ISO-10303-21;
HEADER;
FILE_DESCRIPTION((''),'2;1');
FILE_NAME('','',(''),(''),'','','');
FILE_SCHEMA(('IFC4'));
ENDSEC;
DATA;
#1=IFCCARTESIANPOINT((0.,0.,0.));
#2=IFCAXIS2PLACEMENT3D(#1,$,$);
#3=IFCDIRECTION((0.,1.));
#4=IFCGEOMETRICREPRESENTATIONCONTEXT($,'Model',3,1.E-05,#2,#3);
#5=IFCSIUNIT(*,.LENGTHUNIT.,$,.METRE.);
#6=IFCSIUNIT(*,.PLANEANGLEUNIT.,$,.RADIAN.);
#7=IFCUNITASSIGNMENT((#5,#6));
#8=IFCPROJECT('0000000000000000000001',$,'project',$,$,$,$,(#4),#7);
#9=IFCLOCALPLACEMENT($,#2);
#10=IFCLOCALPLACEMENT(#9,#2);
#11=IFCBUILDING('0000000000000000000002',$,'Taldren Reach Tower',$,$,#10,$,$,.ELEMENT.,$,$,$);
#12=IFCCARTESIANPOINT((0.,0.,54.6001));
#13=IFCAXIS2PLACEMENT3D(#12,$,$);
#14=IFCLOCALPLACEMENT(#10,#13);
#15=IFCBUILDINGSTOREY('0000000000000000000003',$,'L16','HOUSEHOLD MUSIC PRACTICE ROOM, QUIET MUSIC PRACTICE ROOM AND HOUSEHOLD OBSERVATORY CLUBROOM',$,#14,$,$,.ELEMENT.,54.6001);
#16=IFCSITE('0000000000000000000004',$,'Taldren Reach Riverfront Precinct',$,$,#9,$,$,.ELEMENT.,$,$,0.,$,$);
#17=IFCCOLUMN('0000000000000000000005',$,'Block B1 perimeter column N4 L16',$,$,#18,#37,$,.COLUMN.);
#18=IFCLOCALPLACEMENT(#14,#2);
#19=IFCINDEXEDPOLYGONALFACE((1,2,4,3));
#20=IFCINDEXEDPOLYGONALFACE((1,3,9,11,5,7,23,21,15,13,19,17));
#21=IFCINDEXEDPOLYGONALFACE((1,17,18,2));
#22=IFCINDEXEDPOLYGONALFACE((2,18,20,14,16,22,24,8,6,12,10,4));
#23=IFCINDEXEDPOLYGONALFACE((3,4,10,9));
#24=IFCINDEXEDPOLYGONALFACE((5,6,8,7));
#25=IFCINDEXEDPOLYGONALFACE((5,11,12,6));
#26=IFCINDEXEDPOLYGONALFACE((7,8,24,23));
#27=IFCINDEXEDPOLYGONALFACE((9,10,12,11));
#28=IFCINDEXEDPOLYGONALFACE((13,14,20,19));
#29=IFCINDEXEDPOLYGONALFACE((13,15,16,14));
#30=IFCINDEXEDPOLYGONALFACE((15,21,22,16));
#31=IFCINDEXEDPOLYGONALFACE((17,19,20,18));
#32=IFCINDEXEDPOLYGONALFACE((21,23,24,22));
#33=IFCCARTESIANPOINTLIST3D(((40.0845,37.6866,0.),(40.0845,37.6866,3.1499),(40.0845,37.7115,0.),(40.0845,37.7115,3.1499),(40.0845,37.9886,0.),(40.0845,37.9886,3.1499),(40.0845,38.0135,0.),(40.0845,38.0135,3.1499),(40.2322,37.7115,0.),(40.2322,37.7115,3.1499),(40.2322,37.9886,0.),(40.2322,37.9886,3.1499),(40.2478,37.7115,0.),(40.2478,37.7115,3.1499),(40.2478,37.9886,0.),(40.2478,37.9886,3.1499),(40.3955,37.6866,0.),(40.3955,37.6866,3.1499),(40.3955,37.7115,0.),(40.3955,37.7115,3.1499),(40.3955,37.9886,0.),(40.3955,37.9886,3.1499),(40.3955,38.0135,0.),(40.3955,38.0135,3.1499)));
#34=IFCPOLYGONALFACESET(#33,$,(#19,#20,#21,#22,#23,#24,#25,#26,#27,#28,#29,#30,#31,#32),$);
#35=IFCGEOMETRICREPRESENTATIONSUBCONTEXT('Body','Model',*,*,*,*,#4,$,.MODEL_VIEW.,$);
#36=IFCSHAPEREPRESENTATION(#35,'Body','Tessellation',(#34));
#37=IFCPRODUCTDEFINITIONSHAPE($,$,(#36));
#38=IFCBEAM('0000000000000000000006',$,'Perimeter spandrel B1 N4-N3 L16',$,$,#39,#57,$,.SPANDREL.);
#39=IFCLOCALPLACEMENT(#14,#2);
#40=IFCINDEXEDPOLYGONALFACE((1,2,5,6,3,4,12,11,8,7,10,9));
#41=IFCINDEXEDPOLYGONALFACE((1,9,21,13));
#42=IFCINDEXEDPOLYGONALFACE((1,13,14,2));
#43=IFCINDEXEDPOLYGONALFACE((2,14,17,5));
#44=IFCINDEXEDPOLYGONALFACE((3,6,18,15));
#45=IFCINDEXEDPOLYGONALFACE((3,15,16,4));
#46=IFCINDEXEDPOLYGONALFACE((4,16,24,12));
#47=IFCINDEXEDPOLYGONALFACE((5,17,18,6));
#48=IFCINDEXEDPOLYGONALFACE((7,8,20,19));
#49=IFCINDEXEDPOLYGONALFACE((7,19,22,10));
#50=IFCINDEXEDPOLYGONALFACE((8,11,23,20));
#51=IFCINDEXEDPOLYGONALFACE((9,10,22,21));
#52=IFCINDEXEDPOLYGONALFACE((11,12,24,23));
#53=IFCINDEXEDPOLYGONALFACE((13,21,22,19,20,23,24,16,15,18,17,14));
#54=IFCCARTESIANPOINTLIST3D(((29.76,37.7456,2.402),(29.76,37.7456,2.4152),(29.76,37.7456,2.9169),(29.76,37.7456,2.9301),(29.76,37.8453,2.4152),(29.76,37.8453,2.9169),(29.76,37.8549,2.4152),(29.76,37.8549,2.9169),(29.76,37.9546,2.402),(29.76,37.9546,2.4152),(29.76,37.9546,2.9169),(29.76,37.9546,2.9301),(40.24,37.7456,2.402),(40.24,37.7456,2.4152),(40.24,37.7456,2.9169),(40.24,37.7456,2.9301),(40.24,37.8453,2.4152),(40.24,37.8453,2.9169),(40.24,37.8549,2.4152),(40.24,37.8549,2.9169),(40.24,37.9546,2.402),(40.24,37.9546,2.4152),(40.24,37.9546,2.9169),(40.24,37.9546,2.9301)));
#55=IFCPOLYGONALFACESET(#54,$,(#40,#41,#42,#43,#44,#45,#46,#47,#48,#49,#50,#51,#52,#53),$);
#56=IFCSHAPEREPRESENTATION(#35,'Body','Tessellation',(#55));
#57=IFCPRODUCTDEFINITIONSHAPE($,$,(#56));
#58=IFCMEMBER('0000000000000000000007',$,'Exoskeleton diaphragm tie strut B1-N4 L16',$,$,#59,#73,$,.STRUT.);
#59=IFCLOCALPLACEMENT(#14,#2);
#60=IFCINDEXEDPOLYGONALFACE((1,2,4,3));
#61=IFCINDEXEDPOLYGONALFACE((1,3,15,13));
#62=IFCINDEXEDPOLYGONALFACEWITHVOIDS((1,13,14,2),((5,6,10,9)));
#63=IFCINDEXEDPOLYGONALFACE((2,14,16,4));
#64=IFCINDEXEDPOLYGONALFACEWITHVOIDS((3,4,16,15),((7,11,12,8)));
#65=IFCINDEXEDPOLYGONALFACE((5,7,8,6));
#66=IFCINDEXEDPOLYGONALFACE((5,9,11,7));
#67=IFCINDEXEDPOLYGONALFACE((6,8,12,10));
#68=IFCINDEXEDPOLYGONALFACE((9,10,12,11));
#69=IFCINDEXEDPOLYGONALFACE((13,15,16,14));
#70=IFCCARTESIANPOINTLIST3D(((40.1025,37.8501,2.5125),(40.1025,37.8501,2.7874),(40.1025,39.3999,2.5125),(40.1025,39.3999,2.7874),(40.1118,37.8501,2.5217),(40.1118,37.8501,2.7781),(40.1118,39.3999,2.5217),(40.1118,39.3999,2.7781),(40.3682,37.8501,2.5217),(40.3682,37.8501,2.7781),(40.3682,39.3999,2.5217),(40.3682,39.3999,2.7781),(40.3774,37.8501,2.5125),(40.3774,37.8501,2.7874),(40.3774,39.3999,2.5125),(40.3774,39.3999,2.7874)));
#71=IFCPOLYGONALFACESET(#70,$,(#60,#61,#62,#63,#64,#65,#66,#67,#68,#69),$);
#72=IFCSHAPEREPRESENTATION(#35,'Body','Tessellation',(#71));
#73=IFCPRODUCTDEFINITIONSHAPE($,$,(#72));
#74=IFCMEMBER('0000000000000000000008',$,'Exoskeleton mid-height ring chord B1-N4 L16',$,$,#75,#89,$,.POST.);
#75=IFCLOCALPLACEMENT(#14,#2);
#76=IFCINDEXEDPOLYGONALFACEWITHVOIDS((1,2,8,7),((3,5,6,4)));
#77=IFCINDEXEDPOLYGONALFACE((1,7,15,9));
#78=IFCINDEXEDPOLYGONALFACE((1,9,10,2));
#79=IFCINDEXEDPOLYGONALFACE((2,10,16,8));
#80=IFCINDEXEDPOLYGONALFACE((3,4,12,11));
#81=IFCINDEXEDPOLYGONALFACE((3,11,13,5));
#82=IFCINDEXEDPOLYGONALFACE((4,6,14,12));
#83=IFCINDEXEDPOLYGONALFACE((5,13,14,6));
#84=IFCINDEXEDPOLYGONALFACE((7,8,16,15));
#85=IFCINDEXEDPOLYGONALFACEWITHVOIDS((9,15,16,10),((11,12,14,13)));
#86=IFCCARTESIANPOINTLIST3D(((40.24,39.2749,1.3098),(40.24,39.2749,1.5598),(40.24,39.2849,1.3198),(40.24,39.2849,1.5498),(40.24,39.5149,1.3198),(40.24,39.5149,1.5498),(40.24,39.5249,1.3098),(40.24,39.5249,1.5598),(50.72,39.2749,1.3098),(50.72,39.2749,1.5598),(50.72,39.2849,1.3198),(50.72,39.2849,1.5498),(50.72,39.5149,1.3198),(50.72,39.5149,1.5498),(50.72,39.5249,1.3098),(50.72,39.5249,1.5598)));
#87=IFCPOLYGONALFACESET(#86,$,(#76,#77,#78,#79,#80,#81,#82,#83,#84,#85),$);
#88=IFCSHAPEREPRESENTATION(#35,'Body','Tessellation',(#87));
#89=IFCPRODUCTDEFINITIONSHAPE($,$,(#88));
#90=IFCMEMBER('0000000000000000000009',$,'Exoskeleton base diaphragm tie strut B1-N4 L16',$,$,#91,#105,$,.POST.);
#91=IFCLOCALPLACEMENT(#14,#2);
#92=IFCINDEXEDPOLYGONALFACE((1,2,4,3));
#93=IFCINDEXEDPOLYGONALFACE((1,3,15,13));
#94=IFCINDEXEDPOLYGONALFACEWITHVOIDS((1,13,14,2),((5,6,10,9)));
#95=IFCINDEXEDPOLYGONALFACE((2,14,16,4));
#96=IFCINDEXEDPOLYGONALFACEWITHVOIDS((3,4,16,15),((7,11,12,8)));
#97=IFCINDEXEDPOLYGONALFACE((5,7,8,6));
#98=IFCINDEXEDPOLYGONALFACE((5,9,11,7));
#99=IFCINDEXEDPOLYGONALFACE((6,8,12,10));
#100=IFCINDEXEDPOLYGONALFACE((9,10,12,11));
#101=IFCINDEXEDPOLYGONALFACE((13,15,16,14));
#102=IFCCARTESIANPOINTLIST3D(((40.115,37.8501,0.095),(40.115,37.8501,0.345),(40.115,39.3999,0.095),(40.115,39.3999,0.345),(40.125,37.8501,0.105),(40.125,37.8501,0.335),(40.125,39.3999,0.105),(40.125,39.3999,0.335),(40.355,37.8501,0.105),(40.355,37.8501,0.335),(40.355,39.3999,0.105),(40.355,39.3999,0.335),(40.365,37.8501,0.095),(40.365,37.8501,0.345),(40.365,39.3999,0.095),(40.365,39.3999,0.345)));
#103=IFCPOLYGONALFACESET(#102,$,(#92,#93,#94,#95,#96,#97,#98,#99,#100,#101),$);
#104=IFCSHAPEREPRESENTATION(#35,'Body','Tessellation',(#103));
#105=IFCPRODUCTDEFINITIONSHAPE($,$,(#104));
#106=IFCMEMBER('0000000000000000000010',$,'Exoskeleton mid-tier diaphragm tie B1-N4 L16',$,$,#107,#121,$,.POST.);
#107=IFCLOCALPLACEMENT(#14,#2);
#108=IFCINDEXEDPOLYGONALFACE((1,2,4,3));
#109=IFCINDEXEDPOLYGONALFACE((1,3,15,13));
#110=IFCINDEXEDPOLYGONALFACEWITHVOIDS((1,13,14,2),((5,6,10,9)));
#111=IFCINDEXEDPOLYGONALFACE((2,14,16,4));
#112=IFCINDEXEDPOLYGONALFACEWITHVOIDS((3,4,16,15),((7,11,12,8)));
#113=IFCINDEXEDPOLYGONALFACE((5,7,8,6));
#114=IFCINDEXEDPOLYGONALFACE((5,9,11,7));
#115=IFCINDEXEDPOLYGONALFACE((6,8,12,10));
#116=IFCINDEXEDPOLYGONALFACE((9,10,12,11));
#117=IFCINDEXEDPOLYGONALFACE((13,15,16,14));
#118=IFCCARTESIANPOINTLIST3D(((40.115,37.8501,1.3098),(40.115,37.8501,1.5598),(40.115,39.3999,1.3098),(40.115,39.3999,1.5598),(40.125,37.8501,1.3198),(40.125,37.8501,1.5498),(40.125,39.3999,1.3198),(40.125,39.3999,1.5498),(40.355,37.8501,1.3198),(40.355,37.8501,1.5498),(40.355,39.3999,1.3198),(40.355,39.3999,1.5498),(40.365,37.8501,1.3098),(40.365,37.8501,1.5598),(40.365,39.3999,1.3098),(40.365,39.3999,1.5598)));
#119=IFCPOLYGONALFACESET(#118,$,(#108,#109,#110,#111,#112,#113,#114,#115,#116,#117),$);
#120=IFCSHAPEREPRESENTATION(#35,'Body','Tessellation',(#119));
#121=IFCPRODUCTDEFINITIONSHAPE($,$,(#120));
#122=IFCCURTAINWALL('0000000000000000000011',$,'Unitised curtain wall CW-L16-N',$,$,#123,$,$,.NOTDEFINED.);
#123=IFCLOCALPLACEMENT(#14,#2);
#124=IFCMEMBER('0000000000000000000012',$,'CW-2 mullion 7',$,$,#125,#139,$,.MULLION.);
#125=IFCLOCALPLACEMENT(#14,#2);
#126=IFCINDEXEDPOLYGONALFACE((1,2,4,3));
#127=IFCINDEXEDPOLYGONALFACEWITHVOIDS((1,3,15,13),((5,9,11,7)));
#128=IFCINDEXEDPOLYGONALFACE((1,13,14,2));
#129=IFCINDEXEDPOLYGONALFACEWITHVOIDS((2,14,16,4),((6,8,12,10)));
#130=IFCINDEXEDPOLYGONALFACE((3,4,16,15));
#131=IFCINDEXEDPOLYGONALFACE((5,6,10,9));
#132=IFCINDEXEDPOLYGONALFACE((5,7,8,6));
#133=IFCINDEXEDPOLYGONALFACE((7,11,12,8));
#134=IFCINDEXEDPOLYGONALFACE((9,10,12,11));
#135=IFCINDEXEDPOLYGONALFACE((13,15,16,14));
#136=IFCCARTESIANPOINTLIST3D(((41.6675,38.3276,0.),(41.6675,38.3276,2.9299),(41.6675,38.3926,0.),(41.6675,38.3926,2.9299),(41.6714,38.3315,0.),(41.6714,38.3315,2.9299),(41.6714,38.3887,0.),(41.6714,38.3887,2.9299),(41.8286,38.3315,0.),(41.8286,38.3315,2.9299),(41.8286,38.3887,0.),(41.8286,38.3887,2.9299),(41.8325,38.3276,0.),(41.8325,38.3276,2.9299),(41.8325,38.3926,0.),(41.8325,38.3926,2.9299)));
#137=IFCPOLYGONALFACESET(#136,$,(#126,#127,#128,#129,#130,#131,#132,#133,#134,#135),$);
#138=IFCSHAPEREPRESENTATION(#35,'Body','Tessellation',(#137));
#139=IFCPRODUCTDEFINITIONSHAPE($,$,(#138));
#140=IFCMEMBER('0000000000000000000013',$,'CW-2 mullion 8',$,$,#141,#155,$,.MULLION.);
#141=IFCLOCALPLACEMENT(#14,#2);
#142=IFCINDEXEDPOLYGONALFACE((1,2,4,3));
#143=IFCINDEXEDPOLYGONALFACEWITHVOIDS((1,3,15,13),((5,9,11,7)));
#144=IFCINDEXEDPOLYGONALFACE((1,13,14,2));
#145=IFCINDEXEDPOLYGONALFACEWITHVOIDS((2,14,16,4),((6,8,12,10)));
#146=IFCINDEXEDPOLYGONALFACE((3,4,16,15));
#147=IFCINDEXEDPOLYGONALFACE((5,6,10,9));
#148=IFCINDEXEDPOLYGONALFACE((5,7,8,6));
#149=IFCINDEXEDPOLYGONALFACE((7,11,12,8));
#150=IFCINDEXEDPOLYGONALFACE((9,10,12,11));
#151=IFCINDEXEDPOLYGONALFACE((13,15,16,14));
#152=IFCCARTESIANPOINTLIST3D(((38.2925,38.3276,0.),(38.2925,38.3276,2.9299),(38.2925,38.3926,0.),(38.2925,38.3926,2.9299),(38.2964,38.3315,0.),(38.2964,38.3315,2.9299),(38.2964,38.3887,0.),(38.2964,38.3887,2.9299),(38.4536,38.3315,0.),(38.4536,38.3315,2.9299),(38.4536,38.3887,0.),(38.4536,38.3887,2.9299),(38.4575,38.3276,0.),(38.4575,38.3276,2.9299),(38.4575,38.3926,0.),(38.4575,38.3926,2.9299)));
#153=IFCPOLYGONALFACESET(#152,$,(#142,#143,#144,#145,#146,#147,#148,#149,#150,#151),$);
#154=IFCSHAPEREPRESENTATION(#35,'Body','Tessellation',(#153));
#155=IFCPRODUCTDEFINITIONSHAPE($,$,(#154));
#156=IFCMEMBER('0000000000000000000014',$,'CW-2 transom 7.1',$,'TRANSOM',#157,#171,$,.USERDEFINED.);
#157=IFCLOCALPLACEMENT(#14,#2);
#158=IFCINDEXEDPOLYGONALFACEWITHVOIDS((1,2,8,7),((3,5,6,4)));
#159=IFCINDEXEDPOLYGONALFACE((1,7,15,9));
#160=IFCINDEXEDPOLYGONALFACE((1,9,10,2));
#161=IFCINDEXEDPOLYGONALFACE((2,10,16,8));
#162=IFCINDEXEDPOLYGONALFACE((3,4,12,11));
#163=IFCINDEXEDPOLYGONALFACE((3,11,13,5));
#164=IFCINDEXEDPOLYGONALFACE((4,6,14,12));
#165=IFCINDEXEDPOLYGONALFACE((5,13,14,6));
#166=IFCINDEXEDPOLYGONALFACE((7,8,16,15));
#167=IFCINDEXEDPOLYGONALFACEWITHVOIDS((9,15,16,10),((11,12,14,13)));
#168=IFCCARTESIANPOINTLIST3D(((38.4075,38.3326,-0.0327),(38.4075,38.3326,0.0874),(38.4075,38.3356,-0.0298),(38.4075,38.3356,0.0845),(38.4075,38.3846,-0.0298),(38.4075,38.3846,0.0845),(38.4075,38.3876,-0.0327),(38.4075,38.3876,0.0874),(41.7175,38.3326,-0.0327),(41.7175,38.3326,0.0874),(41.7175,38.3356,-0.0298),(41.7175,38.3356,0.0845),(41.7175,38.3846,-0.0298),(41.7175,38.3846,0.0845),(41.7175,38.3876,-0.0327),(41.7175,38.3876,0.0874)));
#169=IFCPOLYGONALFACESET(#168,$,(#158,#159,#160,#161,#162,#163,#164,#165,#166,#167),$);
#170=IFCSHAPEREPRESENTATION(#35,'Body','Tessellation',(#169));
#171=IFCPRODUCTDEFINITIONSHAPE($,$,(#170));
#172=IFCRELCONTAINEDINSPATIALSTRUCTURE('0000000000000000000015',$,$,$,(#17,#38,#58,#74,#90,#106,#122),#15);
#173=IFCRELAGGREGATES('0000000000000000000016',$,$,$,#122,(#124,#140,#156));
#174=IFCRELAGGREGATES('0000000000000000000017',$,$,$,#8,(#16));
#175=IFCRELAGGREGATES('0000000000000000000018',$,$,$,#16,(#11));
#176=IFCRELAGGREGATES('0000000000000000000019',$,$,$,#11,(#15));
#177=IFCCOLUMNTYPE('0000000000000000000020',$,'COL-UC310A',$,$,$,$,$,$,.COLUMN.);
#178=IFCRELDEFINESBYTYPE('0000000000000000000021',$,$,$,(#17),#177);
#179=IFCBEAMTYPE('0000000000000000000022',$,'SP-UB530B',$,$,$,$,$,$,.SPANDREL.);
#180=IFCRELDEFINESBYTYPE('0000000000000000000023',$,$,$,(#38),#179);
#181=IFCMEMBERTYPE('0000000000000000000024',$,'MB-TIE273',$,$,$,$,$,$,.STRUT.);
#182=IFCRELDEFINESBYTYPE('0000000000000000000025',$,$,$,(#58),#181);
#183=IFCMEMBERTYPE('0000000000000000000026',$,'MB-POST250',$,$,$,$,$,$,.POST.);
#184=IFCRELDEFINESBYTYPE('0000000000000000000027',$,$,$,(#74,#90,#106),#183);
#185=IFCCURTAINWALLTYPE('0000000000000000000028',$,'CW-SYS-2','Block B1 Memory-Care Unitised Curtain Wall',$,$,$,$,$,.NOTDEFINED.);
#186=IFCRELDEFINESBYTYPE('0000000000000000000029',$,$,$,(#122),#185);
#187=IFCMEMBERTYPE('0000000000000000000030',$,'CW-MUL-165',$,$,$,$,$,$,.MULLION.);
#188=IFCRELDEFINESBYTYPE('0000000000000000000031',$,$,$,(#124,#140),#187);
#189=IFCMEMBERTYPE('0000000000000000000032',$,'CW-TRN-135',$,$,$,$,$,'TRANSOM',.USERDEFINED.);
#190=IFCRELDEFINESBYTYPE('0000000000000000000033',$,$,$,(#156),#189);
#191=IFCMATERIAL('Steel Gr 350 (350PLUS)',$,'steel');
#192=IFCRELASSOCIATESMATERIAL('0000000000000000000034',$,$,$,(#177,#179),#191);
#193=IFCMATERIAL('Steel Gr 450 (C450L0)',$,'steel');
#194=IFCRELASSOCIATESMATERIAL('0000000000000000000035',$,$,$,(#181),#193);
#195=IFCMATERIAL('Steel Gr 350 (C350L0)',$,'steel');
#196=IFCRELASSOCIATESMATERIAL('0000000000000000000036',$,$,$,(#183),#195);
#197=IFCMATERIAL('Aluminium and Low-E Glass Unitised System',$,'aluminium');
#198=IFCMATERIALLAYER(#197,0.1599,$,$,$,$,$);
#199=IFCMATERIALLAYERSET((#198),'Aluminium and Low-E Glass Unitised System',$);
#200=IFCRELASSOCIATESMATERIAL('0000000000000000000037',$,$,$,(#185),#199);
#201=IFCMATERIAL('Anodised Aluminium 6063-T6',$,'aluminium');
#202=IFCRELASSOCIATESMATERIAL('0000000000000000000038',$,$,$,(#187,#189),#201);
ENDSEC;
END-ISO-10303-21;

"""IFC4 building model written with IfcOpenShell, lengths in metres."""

from ifc_helpers import new_model, si_unit, direction, frame, origin, origin_2d, place, context, subcontext, project, spatial, hollow_rectangle, i_section, extrude, source, transform, mapped, material, layer, layer_set, material_profile, profile_set, type_object, element, aggregate, save


model = new_model("IFC4")

# Units and contexts
model_context = context("Model", 3, precision=1e-05, world=origin(), true_north=direction((0.0, 1.0)))
body_context = subcontext(model_context, "Body", "Model", "MODEL_VIEW")
ifc_project = project(units=[si_unit("LENGTHUNIT", "METRE"), si_unit("PLANEANGLEUNIT", "RADIAN")], contexts=[model_context])

# Site, building, storey
site_placement = place(None, origin())
site = spatial("IfcSite", under=ifc_project, at=site_placement, Name="Taldren Reach Riverfront Precinct", CompositionType="ELEMENT", RefElevation=0.0)
building_placement = place(site_placement, origin())
building = spatial("IfcBuilding", under=site, at=building_placement, Name="Taldren Reach Tower", CompositionType="ELEMENT")
storey_placement = place(building_placement, frame((0.0, 0.0, 54.6001)))
storey = spatial("IfcBuildingStorey", under=building, at=storey_placement, Name="L16", Description="HOUSEHOLD MUSIC PRACTICE ROOM, QUIET MUSIC PRACTICE ROOM AND HOUSEHOLD OBSERVATORY CLUBROOM", CompositionType="ELEMENT", Elevation=54.6001)

# Column
ifc_material_1 = material(Name="Steel Gr 350 (350PLUS)", Category="steel")
ifc_material_profile_1 = material_profile(ifc_material_1, i_section(OverallWidth=0.311, OverallDepth=0.3269, WebThickness=0.0156, FlangeThickness=0.0249, at=origin_2d()), Name="310UC158")
ifc_profile_set_1 = profile_set([ifc_material_profile_1], Name="Steel Gr 350 (350PLUS)")
column_type = type_object("IfcColumnType", Name="COL-UC310A", PredefinedType="COLUMN", material=ifc_profile_set_1)
shared_shape_1 = source(origin(), body_context, "Body", "SweptSolid", [
    extrude(i_section(OverallWidth=0.311, OverallDepth=0.3269, WebThickness=0.0156, FlangeThickness=0.0249, at=origin_2d()), origin(), (0.0, 0.0, 1.0), 3.1499),
])
column_placement = place(storey_placement, frame((40.24, 37.8501, 0.0), z_axis=(0.0, 0.0, 1.0), x_axis=(1.0, 0.0, 0.0)))
element("IfcColumn", 1, at=column_placement, inside=storey, type_object=column_type, Name="Block B1 perimeter column N4 L16", PredefinedType="COLUMN", context=body_context, shape_type="MappedRepresentation", body=[
    mapped(shared_shape_1, transform((0.0, 0.0, 0.0), scale=1.0)),
])

# Beam
ifc_material_profile_2 = material_profile(ifc_material_1, i_section(OverallWidth=0.209, OverallDepth=0.5281, WebThickness=0.0095, FlangeThickness=0.0132, at=origin_2d()), Name="530UB82.0")
ifc_profile_set_2 = profile_set([ifc_material_profile_2], Name="Steel Gr 350 (350PLUS)")
beam_type = type_object("IfcBeamType", Name="SP-UB530B", PredefinedType="SPANDREL", material=ifc_profile_set_2)
shared_shape_2 = source(origin(), body_context, "Body", "SweptSolid", [
    extrude(i_section(OverallWidth=0.209, OverallDepth=0.5281, WebThickness=0.0095, FlangeThickness=0.0132, at=origin_2d()), origin(), (0.0, 0.0, 1.0), 10.48),
])
beam_placement = place(storey_placement, frame((40.24, 37.8501, 2.666), z_axis=(-1.0, 0.0, 0.0), x_axis=(0.0, -1.0, 0.0)))
element("IfcBeam", 2, at=beam_placement, inside=storey, type_object=beam_type, Name="Perimeter spandrel B1 N4-N3 L16", PredefinedType="SPANDREL", context=body_context, shape_type="MappedRepresentation", body=[
    mapped(shared_shape_2, transform((0.0, 0.0, 0.0), scale=1.0)),
])

# Members
ifc_material_2 = material(Name="Steel Gr 450 (C450L0)", Category="steel")
ifc_material_profile_3 = material_profile(ifc_material_2, hollow_rectangle(XDim=0.2749, YDim=0.2749, WallThickness=0.0093, at=origin_2d()), Name="275x275x9.3SHS")
ifc_profile_set_3 = profile_set([ifc_material_profile_3], Name="Steel Gr 450 (C450L0)")
member_type_1 = type_object("IfcMemberType", Name="MB-TIE273", PredefinedType="STRUT", material=ifc_profile_set_3)
shared_shape_3 = source(origin(), body_context, "Body", "SweptSolid", [
    extrude(hollow_rectangle(XDim=0.2749, YDim=0.2749, WallThickness=0.0093, at=origin_2d()), origin(), (0.0, 0.0, 1.0), 1.5498),
])
member_1_placement = place(storey_placement, frame((40.24, 37.8501, 2.6499), z_axis=(0.0, 1.0, 0.0), x_axis=(-1.0, 0.0, 0.0)))
element("IfcMember", 3, at=member_1_placement, inside=storey, type_object=member_type_1, Name="Exoskeleton diaphragm tie strut B1-N4 L16", PredefinedType="STRUT", context=body_context, shape_type="MappedRepresentation", body=[
    mapped(shared_shape_3, transform((0.0, 0.0, 0.0), scale=1.0)),
])
ifc_material_3 = material(Name="Steel Gr 350 (C350L0)", Category="steel")
ifc_material_profile_4 = material_profile(ifc_material_3, hollow_rectangle(XDim=0.25, YDim=0.25, WallThickness=0.01, at=origin_2d()), Name="250x250x10.0SHS")
ifc_profile_set_4 = profile_set([ifc_material_profile_4], Name="Steel Gr 350 (C350L0)")
member_type_2 = type_object("IfcMemberType", Name="MB-POST250", PredefinedType="POST", material=ifc_profile_set_4)
shared_shape_4 = source(origin(), body_context, "Body", "SweptSolid", [
    extrude(hollow_rectangle(XDim=0.25, YDim=0.25, WallThickness=0.01, at=origin_2d()), origin(), (0.0, 0.0, 1.0), 10.48),
])
member_2_placement = place(storey_placement, frame((40.24, 39.3999, 1.4348), z_axis=(1.0, 0.0, 0.0), x_axis=(0.0, 1.0, 0.0)))
element("IfcMember", 4, at=member_2_placement, inside=storey, type_object=member_type_2, Name="Exoskeleton mid-height ring chord B1-N4 L16", PredefinedType="POST", context=body_context, shape_type="MappedRepresentation", body=[
    mapped(shared_shape_4, transform((0.0, 0.0, 0.0), scale=1.0)),
])
shared_shape_5 = source(origin(), body_context, "Body", "SweptSolid", [
    extrude(hollow_rectangle(XDim=0.25, YDim=0.25, WallThickness=0.01, at=origin_2d()), origin(), (0.0, 0.0, 1.0), 1.5498),
])
for number, where, z_axis, x_axis, name in (
    (5, (40.24, 37.8501, 0.22), (0.0, 1.0, 0.0), (-1.0, 0.0, 0.0), "Exoskeleton base diaphragm tie strut B1-N4 L16"),
    (6, (40.24, 37.8501, 1.4348), (0.0, 1.0, 0.0), (-1.0, 0.0, 0.0), "Exoskeleton mid-tier diaphragm tie B1-N4 L16"),
):
    element("IfcMember", number, at=place(storey_placement, frame(where, z_axis=z_axis, x_axis=x_axis)), inside=storey, type_object=member_type_2, Name=name, PredefinedType="POST", context=body_context, shape_type="MappedRepresentation", body=[
        mapped(shared_shape_5, transform((0.0, 0.0, 0.0), scale=1.0)),
    ])

# Curtain wall, members
ifc_material_4 = material(Name="Aluminium and Low-E Glass Unitised System", Category="aluminium")
ifc_layer_1 = layer(ifc_material_4, 0.1599)
ifc_layer_set_1 = layer_set([ifc_layer_1], Name="Aluminium and Low-E Glass Unitised System")
curtain_wall_type = type_object("IfcCurtainWallType", Name="CW-SYS-2", Description="Block B1 Memory-Care Unitised Curtain Wall", PredefinedType="NOTDEFINED", material=ifc_layer_set_1)
curtain_wall_placement = place(storey_placement, origin())
curtain_wall = element("IfcCurtainWall", 7, at=curtain_wall_placement, inside=storey, type_object=curtain_wall_type, Name="Unitised curtain wall CW-L16-N", PredefinedType="NOTDEFINED")
ifc_material_5 = material(Name="Anodised Aluminium 6063-T6", Category="aluminium")
ifc_material_profile_5 = material_profile(ifc_material_5, hollow_rectangle(XDim=0.0649, YDim=0.165, WallThickness=0.0039, at=origin_2d()), Name="ALU-165x65x4RHS")
ifc_profile_set_5 = profile_set([ifc_material_profile_5], Name="Anodised Aluminium 6063-T6")
member_type_3 = type_object("IfcMemberType", Name="CW-MUL-165", PredefinedType="MULLION", material=ifc_profile_set_5)
shared_shape_6 = source(origin(), body_context, "Body", "SweptSolid", [
    extrude(hollow_rectangle(XDim=0.0649, YDim=0.165, WallThickness=0.0039, at=origin_2d()), origin(), (0.0, 0.0, 1.0), 2.9299),
])
member_3_placement = place(storey_placement, frame((41.75, 38.3601, 0.0), z_axis=(0.0, 0.0, 1.0), x_axis=(0.0, -1.0, 0.0)))
member_3 = element("IfcMember", 8, at=member_3_placement, type_object=member_type_3, Name="CW-2 mullion 7", PredefinedType="MULLION", context=body_context, shape_type="MappedRepresentation", body=[
    mapped(shared_shape_6, transform((0.0, 0.0, 0.0), scale=1.0)),
])
member_4_placement = place(storey_placement, frame((38.375, 38.3601, 0.0), z_axis=(0.0, 0.0, 1.0), x_axis=(0.0, -1.0, 0.0)))
member_4 = element("IfcMember", 9, at=member_4_placement, type_object=member_type_3, Name="CW-2 mullion 8", PredefinedType="MULLION", context=body_context, shape_type="MappedRepresentation", body=[
    mapped(shared_shape_6, transform((0.0, 0.0, 0.0), scale=1.0)),
])
ifc_material_profile_6 = material_profile(ifc_material_5, hollow_rectangle(XDim=0.0549, YDim=0.1201, WallThickness=0.0029, at=origin_2d()), Name="ALU-120x55x3RHS")
ifc_profile_set_6 = profile_set([ifc_material_profile_6], Name="Anodised Aluminium 6063-T6")
member_type_4 = type_object("IfcMemberType", Name="CW-TRN-135", ElementType="TRANSOM", PredefinedType="USERDEFINED", material=ifc_profile_set_6)
shared_shape_7 = source(origin(), body_context, "Body", "SweptSolid", [
    extrude(hollow_rectangle(XDim=0.0549, YDim=0.1201, WallThickness=0.0029, at=origin_2d()), origin(), (0.0, 0.0, 1.0), 3.3101),
])
member_5_placement = place(storey_placement, frame((41.7175, 38.3601, 0.0273), z_axis=(-1.0, 0.0, 0.0), x_axis=(0.0, -1.0, 0.0)))
member_5 = element("IfcMember", 10, at=member_5_placement, type_object=member_type_4, Name="CW-2 transom 7.1", ObjectType="TRANSOM", PredefinedType="USERDEFINED", context=body_context, shape_type="MappedRepresentation", body=[
    mapped(shared_shape_7, transform((0.0, 0.0, 0.0), scale=1.0)),
])

aggregate(curtain_wall, [member_3, member_4, member_5])

save(model, "model.ifc")
